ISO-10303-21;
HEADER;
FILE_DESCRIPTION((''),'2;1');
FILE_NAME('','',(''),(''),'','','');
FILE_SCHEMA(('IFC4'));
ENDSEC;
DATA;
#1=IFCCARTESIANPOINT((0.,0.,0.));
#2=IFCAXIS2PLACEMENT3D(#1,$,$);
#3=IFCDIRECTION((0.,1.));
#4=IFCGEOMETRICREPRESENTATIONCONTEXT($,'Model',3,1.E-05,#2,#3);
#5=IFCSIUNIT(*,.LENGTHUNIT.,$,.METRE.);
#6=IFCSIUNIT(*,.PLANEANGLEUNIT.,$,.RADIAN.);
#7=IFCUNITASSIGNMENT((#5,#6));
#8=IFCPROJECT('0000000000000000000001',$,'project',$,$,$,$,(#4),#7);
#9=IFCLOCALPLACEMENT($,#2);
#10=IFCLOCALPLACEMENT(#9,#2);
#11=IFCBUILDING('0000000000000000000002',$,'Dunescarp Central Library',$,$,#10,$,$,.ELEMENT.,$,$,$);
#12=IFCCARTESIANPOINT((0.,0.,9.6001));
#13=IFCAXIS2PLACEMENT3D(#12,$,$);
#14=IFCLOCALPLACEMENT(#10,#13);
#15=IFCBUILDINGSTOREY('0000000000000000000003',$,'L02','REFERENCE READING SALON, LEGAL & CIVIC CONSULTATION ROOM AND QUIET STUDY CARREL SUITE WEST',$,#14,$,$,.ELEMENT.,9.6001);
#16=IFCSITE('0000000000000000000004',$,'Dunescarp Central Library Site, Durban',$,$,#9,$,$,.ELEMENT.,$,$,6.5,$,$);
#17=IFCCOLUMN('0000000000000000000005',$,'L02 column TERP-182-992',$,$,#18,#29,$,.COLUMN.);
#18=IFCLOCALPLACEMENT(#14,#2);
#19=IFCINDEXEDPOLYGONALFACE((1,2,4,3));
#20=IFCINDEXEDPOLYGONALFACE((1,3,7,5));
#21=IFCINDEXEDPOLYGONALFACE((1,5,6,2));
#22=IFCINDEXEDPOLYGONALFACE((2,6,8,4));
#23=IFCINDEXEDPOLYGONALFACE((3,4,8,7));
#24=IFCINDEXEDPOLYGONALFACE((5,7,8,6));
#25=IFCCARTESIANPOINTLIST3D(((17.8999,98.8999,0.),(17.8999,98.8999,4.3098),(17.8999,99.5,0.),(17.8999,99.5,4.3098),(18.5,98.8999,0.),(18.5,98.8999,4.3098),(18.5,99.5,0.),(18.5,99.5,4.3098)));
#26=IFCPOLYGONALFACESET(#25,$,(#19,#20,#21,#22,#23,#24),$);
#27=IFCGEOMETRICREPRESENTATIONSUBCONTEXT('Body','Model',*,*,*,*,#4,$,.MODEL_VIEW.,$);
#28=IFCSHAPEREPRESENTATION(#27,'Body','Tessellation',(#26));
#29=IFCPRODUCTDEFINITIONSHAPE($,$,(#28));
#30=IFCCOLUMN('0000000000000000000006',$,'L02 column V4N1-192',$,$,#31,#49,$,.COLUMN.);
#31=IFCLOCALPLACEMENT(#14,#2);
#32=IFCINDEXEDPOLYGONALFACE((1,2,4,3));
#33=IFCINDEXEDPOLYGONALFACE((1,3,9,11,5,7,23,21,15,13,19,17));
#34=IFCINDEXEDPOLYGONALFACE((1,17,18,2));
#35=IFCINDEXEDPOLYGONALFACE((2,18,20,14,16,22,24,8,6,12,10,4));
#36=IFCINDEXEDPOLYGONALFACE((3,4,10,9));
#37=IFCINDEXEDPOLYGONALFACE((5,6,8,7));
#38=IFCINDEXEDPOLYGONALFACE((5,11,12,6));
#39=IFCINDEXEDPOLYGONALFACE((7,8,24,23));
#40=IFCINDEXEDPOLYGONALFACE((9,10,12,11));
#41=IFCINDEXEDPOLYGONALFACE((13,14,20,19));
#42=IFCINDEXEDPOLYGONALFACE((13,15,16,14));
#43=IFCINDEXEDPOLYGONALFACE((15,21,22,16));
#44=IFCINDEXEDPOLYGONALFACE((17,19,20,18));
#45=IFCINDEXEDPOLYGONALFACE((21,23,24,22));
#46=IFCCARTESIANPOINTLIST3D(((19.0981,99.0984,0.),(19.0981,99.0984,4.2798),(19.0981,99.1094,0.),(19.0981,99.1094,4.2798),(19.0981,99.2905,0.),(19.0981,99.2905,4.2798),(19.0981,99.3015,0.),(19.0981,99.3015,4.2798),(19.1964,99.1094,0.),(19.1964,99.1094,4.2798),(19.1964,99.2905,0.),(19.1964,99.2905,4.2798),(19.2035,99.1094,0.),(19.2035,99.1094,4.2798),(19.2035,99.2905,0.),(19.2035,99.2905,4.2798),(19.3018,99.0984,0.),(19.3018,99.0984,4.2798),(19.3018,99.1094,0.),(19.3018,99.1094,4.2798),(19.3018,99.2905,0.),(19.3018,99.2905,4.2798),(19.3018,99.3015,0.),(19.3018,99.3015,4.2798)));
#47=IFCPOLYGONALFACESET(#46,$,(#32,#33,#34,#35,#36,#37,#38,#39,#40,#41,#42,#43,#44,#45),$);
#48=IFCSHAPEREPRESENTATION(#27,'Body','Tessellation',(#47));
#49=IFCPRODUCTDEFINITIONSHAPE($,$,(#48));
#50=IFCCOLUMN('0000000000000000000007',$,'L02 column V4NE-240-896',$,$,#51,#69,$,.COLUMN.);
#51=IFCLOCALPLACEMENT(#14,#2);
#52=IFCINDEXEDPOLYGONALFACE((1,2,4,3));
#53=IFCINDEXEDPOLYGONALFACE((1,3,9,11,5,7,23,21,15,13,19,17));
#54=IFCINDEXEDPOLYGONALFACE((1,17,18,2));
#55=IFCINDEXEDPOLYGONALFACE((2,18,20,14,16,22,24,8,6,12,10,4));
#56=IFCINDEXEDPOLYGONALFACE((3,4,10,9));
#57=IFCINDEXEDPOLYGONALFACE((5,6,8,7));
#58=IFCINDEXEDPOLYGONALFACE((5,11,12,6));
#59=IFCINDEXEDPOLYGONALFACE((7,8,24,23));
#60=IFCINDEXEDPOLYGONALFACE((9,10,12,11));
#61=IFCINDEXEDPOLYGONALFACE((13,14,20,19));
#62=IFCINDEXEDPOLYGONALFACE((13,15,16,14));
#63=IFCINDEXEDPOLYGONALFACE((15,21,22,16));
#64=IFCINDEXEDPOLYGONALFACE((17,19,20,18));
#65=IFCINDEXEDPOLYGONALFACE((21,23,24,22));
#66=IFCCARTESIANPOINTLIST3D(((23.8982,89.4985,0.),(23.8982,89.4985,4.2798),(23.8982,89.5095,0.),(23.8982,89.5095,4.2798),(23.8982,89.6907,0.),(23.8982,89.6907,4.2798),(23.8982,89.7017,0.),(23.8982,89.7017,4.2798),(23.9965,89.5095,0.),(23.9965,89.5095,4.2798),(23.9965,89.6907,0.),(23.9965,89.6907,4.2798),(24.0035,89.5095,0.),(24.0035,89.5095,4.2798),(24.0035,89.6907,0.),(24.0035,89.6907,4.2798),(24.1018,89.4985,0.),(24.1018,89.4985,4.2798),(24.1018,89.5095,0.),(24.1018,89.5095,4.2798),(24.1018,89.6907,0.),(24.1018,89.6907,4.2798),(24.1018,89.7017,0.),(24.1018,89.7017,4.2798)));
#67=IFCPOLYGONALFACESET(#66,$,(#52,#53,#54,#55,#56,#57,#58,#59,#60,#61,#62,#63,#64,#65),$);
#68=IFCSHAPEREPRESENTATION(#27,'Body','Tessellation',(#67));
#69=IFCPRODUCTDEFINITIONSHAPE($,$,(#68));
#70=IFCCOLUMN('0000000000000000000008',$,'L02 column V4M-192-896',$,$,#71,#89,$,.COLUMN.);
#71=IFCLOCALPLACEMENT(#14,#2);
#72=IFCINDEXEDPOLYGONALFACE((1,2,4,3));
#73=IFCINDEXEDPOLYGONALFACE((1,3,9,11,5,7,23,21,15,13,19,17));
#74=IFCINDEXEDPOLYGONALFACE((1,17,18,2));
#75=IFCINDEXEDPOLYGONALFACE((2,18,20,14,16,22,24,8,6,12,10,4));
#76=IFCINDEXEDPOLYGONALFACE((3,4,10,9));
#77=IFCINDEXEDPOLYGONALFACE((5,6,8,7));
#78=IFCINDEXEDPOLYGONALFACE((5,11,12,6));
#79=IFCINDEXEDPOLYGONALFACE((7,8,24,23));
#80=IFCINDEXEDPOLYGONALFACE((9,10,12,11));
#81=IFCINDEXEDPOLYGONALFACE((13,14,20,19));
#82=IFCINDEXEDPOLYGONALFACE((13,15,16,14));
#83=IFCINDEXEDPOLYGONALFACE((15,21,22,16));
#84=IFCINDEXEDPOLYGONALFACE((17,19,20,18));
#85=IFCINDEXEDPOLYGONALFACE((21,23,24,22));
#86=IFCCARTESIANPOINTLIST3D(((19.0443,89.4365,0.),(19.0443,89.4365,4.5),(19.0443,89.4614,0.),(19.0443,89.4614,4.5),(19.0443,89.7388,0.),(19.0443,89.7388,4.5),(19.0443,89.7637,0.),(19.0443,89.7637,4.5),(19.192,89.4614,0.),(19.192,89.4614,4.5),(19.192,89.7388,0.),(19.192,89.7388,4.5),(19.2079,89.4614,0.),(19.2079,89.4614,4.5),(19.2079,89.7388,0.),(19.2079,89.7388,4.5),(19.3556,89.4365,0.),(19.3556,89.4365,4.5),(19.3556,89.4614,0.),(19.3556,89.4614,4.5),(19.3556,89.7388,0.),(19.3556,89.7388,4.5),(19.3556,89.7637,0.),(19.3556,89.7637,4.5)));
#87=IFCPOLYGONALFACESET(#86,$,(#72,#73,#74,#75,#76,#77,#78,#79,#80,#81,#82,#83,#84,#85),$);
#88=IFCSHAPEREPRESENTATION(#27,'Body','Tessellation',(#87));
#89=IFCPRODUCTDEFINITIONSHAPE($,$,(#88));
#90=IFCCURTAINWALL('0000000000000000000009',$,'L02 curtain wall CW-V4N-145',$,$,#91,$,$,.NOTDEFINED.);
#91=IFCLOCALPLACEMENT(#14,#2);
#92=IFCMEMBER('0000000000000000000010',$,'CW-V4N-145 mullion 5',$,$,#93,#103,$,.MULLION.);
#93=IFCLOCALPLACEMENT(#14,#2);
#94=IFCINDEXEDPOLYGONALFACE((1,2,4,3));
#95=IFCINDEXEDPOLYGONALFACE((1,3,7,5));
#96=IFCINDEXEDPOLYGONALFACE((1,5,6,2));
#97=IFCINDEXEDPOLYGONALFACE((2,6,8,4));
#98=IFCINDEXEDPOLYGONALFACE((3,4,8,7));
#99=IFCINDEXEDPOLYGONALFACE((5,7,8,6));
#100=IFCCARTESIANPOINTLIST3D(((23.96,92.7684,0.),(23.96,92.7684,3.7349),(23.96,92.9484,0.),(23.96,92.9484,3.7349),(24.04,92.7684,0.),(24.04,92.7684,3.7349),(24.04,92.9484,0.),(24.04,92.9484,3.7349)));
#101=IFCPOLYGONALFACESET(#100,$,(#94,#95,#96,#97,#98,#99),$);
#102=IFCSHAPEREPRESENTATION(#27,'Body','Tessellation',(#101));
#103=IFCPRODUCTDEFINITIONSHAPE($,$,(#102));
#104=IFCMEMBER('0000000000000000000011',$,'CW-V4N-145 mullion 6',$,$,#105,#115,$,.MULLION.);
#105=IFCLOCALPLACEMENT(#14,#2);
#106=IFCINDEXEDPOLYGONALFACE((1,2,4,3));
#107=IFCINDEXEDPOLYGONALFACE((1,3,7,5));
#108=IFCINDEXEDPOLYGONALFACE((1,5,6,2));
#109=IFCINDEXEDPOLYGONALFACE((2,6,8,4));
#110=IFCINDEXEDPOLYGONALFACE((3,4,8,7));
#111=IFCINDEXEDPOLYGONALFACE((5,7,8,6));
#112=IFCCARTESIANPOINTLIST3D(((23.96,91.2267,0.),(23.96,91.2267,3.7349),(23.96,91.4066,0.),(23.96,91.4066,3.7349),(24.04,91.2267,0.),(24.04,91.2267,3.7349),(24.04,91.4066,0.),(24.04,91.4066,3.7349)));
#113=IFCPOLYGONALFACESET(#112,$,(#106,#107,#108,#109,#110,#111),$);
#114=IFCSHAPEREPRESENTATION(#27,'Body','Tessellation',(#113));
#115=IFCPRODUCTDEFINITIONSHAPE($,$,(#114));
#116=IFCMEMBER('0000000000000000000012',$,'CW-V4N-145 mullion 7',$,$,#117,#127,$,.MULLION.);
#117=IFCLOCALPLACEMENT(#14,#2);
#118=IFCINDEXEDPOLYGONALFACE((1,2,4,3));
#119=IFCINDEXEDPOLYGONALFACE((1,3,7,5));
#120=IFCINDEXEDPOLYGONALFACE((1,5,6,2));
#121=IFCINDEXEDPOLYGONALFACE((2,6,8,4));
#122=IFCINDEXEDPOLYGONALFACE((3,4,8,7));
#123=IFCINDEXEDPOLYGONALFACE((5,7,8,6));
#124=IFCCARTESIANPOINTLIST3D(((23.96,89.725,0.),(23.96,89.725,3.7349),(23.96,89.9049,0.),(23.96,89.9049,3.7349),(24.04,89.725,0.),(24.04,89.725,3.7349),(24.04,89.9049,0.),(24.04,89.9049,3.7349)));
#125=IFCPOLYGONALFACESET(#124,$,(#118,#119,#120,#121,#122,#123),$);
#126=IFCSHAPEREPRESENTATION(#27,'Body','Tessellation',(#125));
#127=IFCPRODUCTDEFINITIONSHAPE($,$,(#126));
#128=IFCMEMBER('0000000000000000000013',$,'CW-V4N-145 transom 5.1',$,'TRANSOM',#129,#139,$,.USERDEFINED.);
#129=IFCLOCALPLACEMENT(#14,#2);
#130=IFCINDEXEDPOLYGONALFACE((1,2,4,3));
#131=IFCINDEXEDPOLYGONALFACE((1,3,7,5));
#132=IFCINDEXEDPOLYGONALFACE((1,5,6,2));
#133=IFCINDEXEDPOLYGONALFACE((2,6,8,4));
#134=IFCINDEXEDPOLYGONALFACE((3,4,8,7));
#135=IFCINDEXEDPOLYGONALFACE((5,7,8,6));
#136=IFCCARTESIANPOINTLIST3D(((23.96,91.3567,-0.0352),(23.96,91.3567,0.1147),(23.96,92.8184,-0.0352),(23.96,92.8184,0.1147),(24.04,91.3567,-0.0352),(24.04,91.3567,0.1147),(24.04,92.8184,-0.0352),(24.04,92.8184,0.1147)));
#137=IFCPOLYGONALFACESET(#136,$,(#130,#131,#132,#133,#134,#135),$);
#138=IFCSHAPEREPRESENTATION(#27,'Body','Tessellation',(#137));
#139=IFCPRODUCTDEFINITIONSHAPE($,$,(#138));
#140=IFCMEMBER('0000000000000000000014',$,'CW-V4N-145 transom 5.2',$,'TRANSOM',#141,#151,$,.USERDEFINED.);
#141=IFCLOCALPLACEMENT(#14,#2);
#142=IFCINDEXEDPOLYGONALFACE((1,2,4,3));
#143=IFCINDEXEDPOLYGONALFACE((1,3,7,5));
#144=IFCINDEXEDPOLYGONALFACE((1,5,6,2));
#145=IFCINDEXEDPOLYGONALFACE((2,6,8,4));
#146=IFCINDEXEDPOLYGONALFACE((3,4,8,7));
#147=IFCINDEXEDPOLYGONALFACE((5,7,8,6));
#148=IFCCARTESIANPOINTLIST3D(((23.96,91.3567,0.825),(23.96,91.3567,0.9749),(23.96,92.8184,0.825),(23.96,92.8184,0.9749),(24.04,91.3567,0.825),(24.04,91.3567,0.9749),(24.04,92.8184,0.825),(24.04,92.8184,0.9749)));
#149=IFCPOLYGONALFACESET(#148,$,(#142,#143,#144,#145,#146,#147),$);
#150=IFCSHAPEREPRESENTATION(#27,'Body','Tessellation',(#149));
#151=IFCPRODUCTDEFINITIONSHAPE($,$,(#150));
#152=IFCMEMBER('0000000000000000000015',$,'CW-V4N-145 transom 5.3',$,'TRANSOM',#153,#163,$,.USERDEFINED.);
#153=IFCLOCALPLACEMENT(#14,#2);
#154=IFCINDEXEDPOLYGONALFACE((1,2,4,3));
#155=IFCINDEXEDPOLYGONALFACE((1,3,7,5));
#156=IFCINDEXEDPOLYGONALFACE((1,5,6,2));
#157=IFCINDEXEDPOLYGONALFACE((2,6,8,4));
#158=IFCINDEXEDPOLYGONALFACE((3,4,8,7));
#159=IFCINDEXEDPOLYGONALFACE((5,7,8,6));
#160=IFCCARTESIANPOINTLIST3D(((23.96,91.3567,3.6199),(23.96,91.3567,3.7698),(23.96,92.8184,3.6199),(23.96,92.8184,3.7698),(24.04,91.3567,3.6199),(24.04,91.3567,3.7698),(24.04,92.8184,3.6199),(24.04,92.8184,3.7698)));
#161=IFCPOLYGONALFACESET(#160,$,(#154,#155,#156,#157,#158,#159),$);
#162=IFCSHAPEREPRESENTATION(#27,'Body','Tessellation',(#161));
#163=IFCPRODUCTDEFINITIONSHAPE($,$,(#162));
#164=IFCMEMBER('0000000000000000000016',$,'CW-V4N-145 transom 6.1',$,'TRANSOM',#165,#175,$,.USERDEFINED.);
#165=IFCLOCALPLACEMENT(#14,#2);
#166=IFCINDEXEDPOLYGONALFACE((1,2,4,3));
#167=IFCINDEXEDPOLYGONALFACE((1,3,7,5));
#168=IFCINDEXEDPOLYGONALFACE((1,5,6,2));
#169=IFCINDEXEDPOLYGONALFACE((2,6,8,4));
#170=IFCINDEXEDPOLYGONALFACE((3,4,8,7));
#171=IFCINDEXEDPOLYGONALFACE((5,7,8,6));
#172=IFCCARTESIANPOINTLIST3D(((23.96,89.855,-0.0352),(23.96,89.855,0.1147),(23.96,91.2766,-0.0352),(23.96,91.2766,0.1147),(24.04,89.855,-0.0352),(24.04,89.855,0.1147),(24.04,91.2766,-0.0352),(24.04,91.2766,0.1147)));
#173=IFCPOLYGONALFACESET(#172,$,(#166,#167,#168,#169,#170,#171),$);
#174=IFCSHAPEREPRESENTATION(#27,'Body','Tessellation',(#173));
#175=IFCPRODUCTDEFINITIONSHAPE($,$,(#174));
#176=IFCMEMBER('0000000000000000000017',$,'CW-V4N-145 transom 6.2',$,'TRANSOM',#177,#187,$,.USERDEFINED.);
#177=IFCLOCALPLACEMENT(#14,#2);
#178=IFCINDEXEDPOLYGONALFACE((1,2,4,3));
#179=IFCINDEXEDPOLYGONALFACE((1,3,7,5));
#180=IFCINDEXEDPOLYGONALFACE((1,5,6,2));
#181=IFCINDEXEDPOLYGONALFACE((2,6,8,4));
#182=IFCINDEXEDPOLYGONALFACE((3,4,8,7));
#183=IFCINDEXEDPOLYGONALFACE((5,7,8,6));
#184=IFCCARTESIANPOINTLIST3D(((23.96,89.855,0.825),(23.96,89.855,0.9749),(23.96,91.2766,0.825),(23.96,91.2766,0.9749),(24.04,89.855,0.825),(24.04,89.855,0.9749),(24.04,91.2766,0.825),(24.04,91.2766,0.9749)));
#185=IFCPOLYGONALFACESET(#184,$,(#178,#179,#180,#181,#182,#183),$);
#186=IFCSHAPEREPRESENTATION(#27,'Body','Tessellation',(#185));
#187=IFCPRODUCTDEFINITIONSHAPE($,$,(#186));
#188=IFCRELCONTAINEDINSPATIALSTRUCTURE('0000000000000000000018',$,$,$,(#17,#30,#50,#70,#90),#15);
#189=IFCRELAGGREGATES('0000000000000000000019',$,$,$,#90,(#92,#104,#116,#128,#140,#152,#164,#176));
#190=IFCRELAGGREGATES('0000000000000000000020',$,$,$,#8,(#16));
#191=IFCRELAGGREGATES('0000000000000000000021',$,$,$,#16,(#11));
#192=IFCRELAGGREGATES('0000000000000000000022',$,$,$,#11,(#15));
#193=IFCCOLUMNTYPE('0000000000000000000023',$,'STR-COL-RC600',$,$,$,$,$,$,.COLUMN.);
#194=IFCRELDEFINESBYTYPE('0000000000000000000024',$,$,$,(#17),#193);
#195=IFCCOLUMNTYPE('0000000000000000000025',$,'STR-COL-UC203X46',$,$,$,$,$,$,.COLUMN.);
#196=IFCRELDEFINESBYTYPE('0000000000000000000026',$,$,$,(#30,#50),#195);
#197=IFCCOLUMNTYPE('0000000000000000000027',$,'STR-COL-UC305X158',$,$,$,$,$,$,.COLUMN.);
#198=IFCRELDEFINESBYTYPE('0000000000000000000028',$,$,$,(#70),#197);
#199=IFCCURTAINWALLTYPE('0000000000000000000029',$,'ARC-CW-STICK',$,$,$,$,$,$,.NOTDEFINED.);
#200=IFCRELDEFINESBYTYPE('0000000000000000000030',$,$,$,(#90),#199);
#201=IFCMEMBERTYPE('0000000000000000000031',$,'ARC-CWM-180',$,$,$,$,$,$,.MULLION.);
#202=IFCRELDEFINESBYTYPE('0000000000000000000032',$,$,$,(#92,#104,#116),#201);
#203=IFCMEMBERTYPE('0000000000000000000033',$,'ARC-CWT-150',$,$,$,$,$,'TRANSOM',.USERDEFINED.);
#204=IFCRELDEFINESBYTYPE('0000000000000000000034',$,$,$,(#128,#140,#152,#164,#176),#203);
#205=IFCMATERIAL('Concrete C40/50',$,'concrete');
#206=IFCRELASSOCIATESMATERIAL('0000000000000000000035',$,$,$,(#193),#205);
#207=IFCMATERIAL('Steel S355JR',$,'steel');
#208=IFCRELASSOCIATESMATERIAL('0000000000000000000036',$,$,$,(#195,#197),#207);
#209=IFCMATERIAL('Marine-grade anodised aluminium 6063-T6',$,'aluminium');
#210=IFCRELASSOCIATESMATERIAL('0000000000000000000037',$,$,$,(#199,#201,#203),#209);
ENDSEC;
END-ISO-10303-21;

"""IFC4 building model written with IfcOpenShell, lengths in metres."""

from ifc_helpers import new_model, si_unit, direction, frame, origin, origin_2d, place, context, subcontext, project, spatial, rectangle, i_section, extrude, material, material_profile, profile_set, type_object, element, aggregate, save


model = new_model("IFC4")

# Units and contexts
model_context = context("Model", 3, precision=1e-05, world=origin(), true_north=direction((0.0, 1.0)))
body_context = subcontext(model_context, "Body", "Model", "MODEL_VIEW")
ifc_project = project(units=[si_unit("LENGTHUNIT", "METRE"), si_unit("PLANEANGLEUNIT", "RADIAN")], contexts=[model_context])

# Site, building, storey
site_placement = place(None, origin())
site = spatial("IfcSite", under=ifc_project, at=site_placement, Name="Dunescarp Central Library Site, Durban", CompositionType="ELEMENT", RefElevation=6.5)
building_placement = place(site_placement, origin())
building = spatial("IfcBuilding", under=site, at=building_placement, Name="Dunescarp Central Library", CompositionType="ELEMENT")
storey_placement = place(building_placement, frame((0.0, 0.0, 9.6001)))
storey = spatial("IfcBuildingStorey", under=building, at=storey_placement, Name="L02", Description="REFERENCE READING SALON, LEGAL & CIVIC CONSULTATION ROOM AND QUIET STUDY CARREL SUITE WEST", CompositionType="ELEMENT", Elevation=9.6001)

# Columns
ifc_material_1 = material(Name="Concrete C40/50", Category="concrete")
ifc_material_profile_1 = material_profile(ifc_material_1, rectangle(XDim=0.6001, YDim=0.6001, at=origin_2d()), Name="RC 600x600")
ifc_profile_set_1 = profile_set([ifc_material_profile_1], Name="Concrete C40/50")
column_type_1 = type_object("IfcColumnType", Name="STR-COL-RC600", PredefinedType="COLUMN", material=ifc_profile_set_1)
column_1_placement = place(storey_placement, frame((18.2, 99.2, 0.0), z_axis=(0.0, 0.0, 1.0), x_axis=(1.0, 0.0, 0.0)))
element("IfcColumn", 1, at=column_1_placement, inside=storey, type_object=column_type_1, Name="L02 column TERP-182-992", PredefinedType="COLUMN", context=body_context, shape_type="SweptSolid", body=[
    extrude(rectangle(XDim=0.6001, YDim=0.6001, at=origin_2d()), origin(), (0.0, 0.0, 1.0), 4.3098),
])
ifc_material_2 = material(Name="Steel S355JR", Category="steel")
ifc_material_profile_2 = material_profile(ifc_material_2, i_section(OverallWidth=0.2036, OverallDepth=0.2031, WebThickness=0.0071, FlangeThickness=0.011, at=origin_2d()), Name="UC 203x203x46")
ifc_profile_set_2 = profile_set([ifc_material_profile_2], Name="Steel S355JR")
column_type_2 = type_object("IfcColumnType", Name="STR-COL-UC203X46", PredefinedType="COLUMN", material=ifc_profile_set_2)
for number, where, z_axis, x_axis, name in (
    (2, (19.2, 99.2, 0.0), (0.0, 0.0, 1.0), (1.0, 0.0, 0.0), "L02 column V4N1-192"),
    (3, (24.0, 89.6001, 0.0), (0.0, 0.0, 1.0), (1.0, 0.0, 0.0), "L02 column V4NE-240-896"),
):
    element("IfcColumn", number, at=place(storey_placement, frame(where, z_axis=z_axis, x_axis=x_axis)), inside=storey, type_object=column_type_2, Name=name, PredefinedType="COLUMN", context=body_context, shape_type="SweptSolid", body=[
        extrude(i_section(OverallWidth=0.2036, OverallDepth=0.2031, WebThickness=0.0071, FlangeThickness=0.011, at=origin_2d()), origin(), (0.0, 0.0, 1.0), 4.2798),
    ])
ifc_material_profile_3 = material_profile(ifc_material_2, i_section(OverallWidth=0.3113, OverallDepth=0.3271, WebThickness=0.0159, FlangeThickness=0.0249, at=origin_2d()), Name="UC 305x305x158")
ifc_profile_set_3 = profile_set([ifc_material_profile_3], Name="Steel S355JR")
column_type_3 = type_object("IfcColumnType", Name="STR-COL-UC305X158", PredefinedType="COLUMN", material=ifc_profile_set_3)
column_2_placement = place(storey_placement, frame((19.2, 89.6001, 0.0), z_axis=(0.0, 0.0, 1.0), x_axis=(1.0, 0.0, 0.0)))
element("IfcColumn", 4, at=column_2_placement, inside=storey, type_object=column_type_3, Name="L02 column V4M-192-896", PredefinedType="COLUMN", context=body_context, shape_type="SweptSolid", body=[
    extrude(i_section(OverallWidth=0.3113, OverallDepth=0.3271, WebThickness=0.0159, FlangeThickness=0.0249, at=origin_2d()), origin(), (0.0, 0.0, 1.0), 4.5),
])

# Curtain wall, members
ifc_material_3 = material(Name="Marine-grade anodised aluminium 6063-T6", Category="aluminium")
curtain_wall_type = type_object("IfcCurtainWallType", Name="ARC-CW-STICK", PredefinedType="NOTDEFINED", material=ifc_material_3)
curtain_wall_placement = place(storey_placement, origin())
curtain_wall = element("IfcCurtainWall", 5, at=curtain_wall_placement, inside=storey, type_object=curtain_wall_type, Name="L02 curtain wall CW-V4N-145", PredefinedType="NOTDEFINED")
ifc_material_profile_4 = material_profile(ifc_material_3, rectangle(XDim=0.0801, YDim=0.1799, at=origin_2d()), Name="AL 80x180")
ifc_profile_set_4 = profile_set([ifc_material_profile_4], Name="Marine-grade anodised aluminium 6063-T6")
member_type_1 = type_object("IfcMemberType", Name="ARC-CWM-180", PredefinedType="MULLION", material=ifc_profile_set_4)
member_1_placement = place(storey_placement, frame((24.0, 92.8584, 0.0), z_axis=(0.0, 0.0, 1.0), x_axis=(1.0, 0.0, 0.0)))
member_1 = element("IfcMember", 6, at=member_1_placement, type_object=member_type_1, Name="CW-V4N-145 mullion 5", PredefinedType="MULLION", context=body_context, shape_type="SweptSolid", body=[
    extrude(rectangle(XDim=0.0801, YDim=0.1799, at=origin_2d()), origin(), (0.0, 0.0, 1.0), 3.7349),
])
member_2_placement = place(storey_placement, frame((24.0, 91.3167, 0.0), z_axis=(0.0, 0.0, 1.0), x_axis=(1.0, 0.0, 0.0)))
member_2 = element("IfcMember", 7, at=member_2_placement, type_object=member_type_1, Name="CW-V4N-145 mullion 6", PredefinedType="MULLION", context=body_context, shape_type="SweptSolid", body=[
    extrude(rectangle(XDim=0.0801, YDim=0.1799, at=origin_2d()), origin(), (0.0, 0.0, 1.0), 3.7349),
])
member_3_placement = place(storey_placement, frame((24.0, 89.8149, 0.0), z_axis=(0.0, 0.0, 1.0), x_axis=(1.0, 0.0, 0.0)))
member_3 = element("IfcMember", 8, at=member_3_placement, type_object=member_type_1, Name="CW-V4N-145 mullion 7", PredefinedType="MULLION", context=body_context, shape_type="SweptSolid", body=[
    extrude(rectangle(XDim=0.0801, YDim=0.1799, at=origin_2d()), origin(), (0.0, 0.0, 1.0), 3.7349),
])
ifc_material_profile_5 = material_profile(ifc_material_3, rectangle(XDim=0.0801, YDim=0.1499, at=origin_2d()), Name="AL 80x150")
ifc_profile_set_5 = profile_set([ifc_material_profile_5], Name="Marine-grade anodised aluminium 6063-T6")
member_type_2 = type_object("IfcMemberType", Name="ARC-CWT-150", ElementType="TRANSOM", PredefinedType="USERDEFINED", material=ifc_profile_set_5)
member_4_placement = place(storey_placement, frame((24.0, 92.8184, 0.0398), z_axis=(0.0, -1.0, 0.0), x_axis=(1.0, 0.0, 0.0)))
member_4 = element("IfcMember", 9, at=member_4_placement, type_object=member_type_2, Name="CW-V4N-145 transom 5.1", ObjectType="TRANSOM", PredefinedType="USERDEFINED", context=body_context, shape_type="SweptSolid", body=[
    extrude(rectangle(XDim=0.0801, YDim=0.1499, at=origin_2d()), origin(), (0.0, 0.0, 1.0), 1.4617),
])
member_5_placement = place(storey_placement, frame((24.0, 92.8184, 0.8999), z_axis=(0.0, -1.0, 0.0), x_axis=(1.0, 0.0, 0.0)))
member_5 = element("IfcMember", 10, at=member_5_placement, type_object=member_type_2, Name="CW-V4N-145 transom 5.2", ObjectType="TRANSOM", PredefinedType="USERDEFINED", context=body_context, shape_type="SweptSolid", body=[
    extrude(rectangle(XDim=0.0801, YDim=0.1499, at=origin_2d()), origin(), (0.0, 0.0, 1.0), 1.4617),
])
member_6_placement = place(storey_placement, frame((24.0, 92.8184, 3.6948), z_axis=(0.0, -1.0, 0.0), x_axis=(1.0, 0.0, 0.0)))
member_6 = element("IfcMember", 11, at=member_6_placement, type_object=member_type_2, Name="CW-V4N-145 transom 5.3", ObjectType="TRANSOM", PredefinedType="USERDEFINED", context=body_context, shape_type="SweptSolid", body=[
    extrude(rectangle(XDim=0.0801, YDim=0.1499, at=origin_2d()), origin(), (0.0, 0.0, 1.0), 1.4617),
])
member_7_placement = place(storey_placement, frame((24.0, 91.2766, 0.0398), z_axis=(0.0, -1.0, 0.0), x_axis=(1.0, 0.0, 0.0)))
member_7 = element("IfcMember", 12, at=member_7_placement, type_object=member_type_2, Name="CW-V4N-145 transom 6.1", ObjectType="TRANSOM", PredefinedType="USERDEFINED", context=body_context, shape_type="SweptSolid", body=[
    extrude(rectangle(XDim=0.0801, YDim=0.1499, at=origin_2d()), origin(), (0.0, 0.0, 1.0), 1.4216),
])
member_8_placement = place(storey_placement, frame((24.0, 91.2766, 0.8999), z_axis=(0.0, -1.0, 0.0), x_axis=(1.0, 0.0, 0.0)))
member_8 = element("IfcMember", 13, at=member_8_placement, type_object=member_type_2, Name="CW-V4N-145 transom 6.2", ObjectType="TRANSOM", PredefinedType="USERDEFINED", context=body_context, shape_type="SweptSolid", body=[
    extrude(rectangle(XDim=0.0801, YDim=0.1499, at=origin_2d()), origin(), (0.0, 0.0, 1.0), 1.4216),
])

aggregate(curtain_wall, [member_1, member_2, member_3, member_4, member_5, member_6, member_7, member_8])

save(model, "model.ifc")
